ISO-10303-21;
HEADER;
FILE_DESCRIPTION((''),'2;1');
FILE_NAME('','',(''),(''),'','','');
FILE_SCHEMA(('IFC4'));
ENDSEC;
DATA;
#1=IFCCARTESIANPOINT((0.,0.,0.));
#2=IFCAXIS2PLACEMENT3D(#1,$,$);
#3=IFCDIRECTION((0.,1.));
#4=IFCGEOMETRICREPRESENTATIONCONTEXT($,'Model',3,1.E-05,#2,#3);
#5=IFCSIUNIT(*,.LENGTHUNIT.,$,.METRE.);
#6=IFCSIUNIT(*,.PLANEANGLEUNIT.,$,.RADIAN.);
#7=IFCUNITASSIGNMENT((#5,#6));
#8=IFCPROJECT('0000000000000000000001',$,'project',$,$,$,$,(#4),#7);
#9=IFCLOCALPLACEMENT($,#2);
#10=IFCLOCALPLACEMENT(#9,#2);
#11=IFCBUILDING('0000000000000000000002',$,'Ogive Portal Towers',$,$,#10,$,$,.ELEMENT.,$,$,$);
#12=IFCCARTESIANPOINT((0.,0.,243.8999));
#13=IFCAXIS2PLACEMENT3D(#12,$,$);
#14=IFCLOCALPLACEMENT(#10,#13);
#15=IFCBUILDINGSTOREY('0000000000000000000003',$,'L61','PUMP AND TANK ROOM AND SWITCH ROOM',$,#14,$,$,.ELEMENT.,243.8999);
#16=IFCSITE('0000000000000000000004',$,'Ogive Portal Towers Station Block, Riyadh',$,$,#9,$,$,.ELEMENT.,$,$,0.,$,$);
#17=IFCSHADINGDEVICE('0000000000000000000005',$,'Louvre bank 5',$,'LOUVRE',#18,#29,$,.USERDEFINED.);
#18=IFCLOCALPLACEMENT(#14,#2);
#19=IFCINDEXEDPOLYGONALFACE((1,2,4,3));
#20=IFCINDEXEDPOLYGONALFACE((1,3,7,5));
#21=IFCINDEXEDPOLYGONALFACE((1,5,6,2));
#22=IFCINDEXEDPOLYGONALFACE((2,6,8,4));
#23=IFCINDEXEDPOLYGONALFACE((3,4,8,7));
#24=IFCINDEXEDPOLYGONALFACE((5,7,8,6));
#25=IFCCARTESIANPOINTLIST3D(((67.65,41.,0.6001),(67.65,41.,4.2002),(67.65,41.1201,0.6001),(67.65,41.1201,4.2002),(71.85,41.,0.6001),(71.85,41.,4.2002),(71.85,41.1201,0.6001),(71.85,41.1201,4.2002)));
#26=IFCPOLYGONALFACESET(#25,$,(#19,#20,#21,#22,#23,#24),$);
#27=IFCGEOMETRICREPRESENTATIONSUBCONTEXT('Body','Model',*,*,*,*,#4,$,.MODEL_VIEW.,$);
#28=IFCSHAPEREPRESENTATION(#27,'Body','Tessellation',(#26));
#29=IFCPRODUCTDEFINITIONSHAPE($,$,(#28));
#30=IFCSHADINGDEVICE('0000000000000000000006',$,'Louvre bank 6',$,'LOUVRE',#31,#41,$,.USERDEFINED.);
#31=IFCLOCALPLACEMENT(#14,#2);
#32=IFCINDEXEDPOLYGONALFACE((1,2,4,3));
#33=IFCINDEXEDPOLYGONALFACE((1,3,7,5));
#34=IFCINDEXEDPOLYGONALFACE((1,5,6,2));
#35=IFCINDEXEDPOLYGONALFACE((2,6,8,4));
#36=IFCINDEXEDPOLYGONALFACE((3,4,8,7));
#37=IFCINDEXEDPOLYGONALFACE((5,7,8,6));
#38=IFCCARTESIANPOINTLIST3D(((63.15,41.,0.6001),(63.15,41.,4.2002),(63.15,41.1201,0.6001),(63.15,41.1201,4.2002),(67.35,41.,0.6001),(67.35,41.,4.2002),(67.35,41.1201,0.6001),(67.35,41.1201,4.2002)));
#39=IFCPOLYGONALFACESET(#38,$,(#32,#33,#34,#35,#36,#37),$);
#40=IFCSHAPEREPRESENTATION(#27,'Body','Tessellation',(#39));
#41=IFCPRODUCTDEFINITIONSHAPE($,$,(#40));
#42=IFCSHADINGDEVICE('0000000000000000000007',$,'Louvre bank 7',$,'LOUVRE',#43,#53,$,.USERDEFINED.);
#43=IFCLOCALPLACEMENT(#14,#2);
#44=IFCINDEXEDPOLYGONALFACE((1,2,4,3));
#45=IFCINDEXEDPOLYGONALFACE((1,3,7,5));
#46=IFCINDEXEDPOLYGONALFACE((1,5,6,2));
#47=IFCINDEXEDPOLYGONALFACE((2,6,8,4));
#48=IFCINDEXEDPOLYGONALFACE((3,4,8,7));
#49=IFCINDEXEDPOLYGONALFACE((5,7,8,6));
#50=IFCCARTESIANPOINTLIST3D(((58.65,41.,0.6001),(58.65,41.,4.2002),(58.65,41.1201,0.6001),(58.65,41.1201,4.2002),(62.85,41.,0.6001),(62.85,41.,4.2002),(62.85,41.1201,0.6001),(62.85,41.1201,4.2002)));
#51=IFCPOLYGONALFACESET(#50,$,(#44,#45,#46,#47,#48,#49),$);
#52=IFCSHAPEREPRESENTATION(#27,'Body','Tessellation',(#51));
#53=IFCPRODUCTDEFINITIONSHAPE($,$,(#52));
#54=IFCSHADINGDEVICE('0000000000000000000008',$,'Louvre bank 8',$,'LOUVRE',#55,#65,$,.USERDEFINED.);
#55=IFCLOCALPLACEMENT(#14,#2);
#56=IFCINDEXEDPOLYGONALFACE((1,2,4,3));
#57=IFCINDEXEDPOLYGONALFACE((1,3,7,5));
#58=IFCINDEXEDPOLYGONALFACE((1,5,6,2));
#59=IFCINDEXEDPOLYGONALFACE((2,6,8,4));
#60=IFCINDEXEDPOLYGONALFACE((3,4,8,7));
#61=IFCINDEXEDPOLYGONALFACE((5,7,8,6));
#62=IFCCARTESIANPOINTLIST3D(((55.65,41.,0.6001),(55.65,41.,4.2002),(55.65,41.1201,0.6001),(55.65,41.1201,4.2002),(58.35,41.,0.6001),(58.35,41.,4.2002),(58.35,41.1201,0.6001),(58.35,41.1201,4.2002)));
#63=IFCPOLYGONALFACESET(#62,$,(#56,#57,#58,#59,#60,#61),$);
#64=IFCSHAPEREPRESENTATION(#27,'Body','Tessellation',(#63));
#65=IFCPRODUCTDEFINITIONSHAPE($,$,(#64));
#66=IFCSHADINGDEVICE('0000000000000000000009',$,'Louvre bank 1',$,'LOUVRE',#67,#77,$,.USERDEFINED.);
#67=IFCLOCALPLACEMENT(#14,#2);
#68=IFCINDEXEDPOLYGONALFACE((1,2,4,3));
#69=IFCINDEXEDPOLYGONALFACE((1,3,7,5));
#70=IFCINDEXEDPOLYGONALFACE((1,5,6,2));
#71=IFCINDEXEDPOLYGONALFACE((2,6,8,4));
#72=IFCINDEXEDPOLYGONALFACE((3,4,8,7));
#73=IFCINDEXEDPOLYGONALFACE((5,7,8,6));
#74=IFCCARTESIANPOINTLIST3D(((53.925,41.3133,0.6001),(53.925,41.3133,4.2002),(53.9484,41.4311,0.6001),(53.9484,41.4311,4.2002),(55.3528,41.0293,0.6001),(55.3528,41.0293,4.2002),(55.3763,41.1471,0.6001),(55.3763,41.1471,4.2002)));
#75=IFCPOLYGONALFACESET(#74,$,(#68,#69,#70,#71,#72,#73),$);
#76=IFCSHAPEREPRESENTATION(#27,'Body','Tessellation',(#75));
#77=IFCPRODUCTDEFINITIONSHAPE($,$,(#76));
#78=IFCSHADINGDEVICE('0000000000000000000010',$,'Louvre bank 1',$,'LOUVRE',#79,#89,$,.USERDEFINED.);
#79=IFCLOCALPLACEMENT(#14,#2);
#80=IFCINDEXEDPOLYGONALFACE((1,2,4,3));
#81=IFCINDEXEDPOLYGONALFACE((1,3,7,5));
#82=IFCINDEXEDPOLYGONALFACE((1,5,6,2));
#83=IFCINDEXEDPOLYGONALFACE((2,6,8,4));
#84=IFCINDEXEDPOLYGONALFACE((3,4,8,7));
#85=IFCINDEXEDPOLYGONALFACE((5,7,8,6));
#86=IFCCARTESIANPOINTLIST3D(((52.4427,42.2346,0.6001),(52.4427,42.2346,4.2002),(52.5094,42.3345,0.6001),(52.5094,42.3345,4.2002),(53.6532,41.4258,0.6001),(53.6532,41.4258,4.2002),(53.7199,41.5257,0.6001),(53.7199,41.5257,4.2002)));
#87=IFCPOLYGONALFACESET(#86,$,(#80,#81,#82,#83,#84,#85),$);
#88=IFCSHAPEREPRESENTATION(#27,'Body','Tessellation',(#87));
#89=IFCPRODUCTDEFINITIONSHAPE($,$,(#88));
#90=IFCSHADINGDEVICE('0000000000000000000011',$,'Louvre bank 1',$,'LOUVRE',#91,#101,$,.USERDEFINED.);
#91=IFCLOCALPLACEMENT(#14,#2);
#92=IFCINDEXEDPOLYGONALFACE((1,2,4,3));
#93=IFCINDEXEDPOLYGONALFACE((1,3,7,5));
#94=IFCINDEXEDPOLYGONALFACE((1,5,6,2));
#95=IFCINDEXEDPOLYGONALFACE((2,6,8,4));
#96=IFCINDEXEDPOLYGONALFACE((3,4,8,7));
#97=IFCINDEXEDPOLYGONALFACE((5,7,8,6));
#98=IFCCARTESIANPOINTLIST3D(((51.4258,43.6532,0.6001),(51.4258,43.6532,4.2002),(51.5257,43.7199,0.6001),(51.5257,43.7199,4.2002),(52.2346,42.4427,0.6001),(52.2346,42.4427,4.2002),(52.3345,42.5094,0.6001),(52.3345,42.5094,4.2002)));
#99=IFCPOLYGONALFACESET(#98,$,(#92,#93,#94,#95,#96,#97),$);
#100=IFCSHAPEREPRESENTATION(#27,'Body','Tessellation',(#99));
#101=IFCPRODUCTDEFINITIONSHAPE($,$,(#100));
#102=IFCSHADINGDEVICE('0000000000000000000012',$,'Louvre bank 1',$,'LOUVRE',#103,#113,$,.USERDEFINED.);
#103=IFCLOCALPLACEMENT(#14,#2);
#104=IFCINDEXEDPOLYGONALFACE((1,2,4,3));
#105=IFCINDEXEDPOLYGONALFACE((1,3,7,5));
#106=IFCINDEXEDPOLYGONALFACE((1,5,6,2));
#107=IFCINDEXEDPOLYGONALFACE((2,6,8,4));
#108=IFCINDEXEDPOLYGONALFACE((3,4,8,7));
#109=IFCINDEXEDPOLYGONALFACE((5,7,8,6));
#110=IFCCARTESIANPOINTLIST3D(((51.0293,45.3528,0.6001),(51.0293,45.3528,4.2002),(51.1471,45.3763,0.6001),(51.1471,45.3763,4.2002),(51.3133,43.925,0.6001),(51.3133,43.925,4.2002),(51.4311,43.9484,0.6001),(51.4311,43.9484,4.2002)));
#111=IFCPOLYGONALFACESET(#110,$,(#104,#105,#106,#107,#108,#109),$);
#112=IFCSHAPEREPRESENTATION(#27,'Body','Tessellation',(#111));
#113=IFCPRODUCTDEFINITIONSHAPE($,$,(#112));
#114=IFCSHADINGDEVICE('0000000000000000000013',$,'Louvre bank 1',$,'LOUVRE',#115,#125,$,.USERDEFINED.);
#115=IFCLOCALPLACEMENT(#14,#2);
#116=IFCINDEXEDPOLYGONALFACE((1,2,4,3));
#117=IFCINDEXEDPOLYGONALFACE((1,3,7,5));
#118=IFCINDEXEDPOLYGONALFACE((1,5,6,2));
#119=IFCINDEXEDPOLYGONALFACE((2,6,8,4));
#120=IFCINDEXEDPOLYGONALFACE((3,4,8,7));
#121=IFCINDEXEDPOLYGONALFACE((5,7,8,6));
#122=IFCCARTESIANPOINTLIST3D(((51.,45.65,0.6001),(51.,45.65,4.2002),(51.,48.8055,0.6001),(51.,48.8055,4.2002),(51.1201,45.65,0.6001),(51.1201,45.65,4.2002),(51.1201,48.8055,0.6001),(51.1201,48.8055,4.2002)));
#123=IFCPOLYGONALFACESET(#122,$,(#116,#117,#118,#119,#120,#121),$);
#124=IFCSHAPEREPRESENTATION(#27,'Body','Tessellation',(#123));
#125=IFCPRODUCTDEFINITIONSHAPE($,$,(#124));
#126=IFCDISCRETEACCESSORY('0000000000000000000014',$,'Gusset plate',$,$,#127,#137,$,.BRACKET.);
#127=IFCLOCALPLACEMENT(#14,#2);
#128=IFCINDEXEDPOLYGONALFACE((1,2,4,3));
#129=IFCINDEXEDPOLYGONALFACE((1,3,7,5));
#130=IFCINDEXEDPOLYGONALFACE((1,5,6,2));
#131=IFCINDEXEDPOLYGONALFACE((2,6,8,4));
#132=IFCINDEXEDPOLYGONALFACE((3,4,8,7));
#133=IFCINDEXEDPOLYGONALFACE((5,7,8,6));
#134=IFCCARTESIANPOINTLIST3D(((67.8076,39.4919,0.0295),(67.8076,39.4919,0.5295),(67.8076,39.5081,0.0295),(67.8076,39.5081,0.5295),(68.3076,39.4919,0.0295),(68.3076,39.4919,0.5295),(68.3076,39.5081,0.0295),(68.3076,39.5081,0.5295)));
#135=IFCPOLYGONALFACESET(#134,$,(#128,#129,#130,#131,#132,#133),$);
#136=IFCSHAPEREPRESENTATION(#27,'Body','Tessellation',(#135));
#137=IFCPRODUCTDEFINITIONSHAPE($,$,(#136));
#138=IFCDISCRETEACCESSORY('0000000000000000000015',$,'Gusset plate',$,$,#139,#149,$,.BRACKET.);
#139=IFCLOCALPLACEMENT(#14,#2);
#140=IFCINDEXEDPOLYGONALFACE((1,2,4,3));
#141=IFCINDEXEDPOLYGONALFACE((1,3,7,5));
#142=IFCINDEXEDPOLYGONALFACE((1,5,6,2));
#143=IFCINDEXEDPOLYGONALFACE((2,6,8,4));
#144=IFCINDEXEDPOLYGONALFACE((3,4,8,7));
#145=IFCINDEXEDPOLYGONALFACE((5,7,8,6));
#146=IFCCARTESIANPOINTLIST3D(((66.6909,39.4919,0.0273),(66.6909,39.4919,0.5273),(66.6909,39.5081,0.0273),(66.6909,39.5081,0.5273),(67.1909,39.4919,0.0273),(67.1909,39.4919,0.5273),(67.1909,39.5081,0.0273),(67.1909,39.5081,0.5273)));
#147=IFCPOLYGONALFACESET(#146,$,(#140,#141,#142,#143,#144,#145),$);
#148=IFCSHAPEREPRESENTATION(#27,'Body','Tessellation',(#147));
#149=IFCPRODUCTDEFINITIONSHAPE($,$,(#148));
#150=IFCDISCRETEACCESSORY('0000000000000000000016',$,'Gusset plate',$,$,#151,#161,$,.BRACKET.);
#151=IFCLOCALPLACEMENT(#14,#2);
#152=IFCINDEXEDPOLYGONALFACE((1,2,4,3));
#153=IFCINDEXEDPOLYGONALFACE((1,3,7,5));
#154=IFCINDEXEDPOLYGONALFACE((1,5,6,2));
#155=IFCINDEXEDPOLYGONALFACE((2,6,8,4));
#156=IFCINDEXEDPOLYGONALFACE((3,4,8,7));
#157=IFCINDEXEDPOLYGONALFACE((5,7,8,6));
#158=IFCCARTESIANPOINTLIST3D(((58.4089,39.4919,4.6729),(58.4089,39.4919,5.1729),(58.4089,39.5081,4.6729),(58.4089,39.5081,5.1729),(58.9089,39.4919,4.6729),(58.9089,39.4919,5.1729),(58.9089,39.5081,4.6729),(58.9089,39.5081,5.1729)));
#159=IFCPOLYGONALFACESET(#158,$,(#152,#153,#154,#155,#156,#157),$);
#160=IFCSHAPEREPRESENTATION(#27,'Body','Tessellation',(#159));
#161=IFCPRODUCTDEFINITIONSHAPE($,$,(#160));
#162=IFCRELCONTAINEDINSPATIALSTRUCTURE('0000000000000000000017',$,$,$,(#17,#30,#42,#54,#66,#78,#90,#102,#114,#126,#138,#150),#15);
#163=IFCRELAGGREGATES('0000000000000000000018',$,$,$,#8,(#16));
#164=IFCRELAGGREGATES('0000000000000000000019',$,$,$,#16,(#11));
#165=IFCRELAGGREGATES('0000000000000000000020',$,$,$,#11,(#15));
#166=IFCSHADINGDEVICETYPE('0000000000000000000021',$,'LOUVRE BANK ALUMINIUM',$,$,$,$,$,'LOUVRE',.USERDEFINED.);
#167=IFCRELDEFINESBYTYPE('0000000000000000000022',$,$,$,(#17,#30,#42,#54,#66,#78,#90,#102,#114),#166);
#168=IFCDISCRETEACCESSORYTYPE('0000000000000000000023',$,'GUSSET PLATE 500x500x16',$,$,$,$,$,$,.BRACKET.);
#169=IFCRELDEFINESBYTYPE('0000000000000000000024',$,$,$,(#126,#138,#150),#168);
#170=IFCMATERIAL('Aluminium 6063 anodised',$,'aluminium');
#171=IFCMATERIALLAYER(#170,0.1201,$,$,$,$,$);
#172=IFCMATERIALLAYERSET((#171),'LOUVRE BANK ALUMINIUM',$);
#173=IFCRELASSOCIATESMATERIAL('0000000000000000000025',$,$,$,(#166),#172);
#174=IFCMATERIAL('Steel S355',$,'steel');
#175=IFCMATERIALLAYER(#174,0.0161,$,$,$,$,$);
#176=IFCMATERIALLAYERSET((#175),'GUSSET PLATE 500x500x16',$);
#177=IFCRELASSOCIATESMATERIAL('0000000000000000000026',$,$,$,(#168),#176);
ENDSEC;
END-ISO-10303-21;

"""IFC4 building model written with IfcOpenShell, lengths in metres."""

from ifc_helpers import new_model, si_unit, direction, frame, origin, origin_2d, place, context, subcontext, project, spatial, rectangle, extrude, material, layer, layer_set, type_object, element, save


model = new_model("IFC4")

# Units and contexts
model_context = context("Model", 3, precision=1e-05, world=origin(), true_north=direction((0.0, 1.0)))
body_context = subcontext(model_context, "Body", "Model", "MODEL_VIEW")
ifc_project = project(units=[si_unit("LENGTHUNIT", "METRE"), si_unit("PLANEANGLEUNIT", "RADIAN")], contexts=[model_context])

# Site, building, storey
site_placement = place(None, origin())
site = spatial("IfcSite", under=ifc_project, at=site_placement, Name="Ogive Portal Towers Station Block, Riyadh", CompositionType="ELEMENT", RefElevation=0.0)
building_placement = place(site_placement, origin())
building = spatial("IfcBuilding", under=site, at=building_placement, Name="Ogive Portal Towers", CompositionType="ELEMENT")
storey_placement = place(building_placement, frame((0.0, 0.0, 243.8999)))
storey = spatial("IfcBuildingStorey", under=building, at=storey_placement, Name="L61", Description="PUMP AND TANK ROOM AND SWITCH ROOM", CompositionType="ELEMENT", Elevation=243.8999)

# Shared definitions
ifc_material_1 = material(Name="Steel S355", Category="steel")

# Shading devices
ifc_material_2 = material(Name="Aluminium 6063 anodised", Category="aluminium")
ifc_layer_1 = layer(ifc_material_2, 0.1201)
ifc_layer_set_1 = layer_set([ifc_layer_1], Name="LOUVRE BANK ALUMINIUM")
shading_device_type = type_object("IfcShadingDeviceType", Name="LOUVRE BANK ALUMINIUM", ElementType="LOUVRE", PredefinedType="USERDEFINED", material=ifc_layer_set_1)
for number, where, z_axis, x_axis, name in (
    (1, (69.75, 41.0601, 0.6001), (0.0, 0.0, 1.0), (-1.0, 0.0, 0.0), "Louvre bank 5"),
    (2, (65.25, 41.0601, 0.6001), (0.0, 0.0, 1.0), (-1.0, 0.0, 0.0), "Louvre bank 6"),
    (3, (60.75, 41.0601, 0.6001), (0.0, 0.0, 1.0), (-1.0, 0.0, 0.0), "Louvre bank 7"),
):
    element("IfcShadingDevice", number, at=place(storey_placement, frame(where, z_axis=z_axis, x_axis=x_axis)), inside=storey, type_object=shading_device_type, Name=name, ObjectType="LOUVRE", PredefinedType="USERDEFINED", context=body_context, shape_type="SweptSolid", body=[
        extrude(rectangle(XDim=4.2, YDim=0.1201, at=origin_2d()), origin(), (0.0, 0.0, 1.0), 3.6001),
    ])
shading_device_1_placement = place(storey_placement, frame((57.0, 41.0601, 0.6001), z_axis=(0.0, 0.0, 1.0), x_axis=(-1.0, 0.0, 0.0)))
element("IfcShadingDevice", 4, at=shading_device_1_placement, inside=storey, type_object=shading_device_type, Name="Louvre bank 8", ObjectType="LOUVRE", PredefinedType="USERDEFINED", context=body_context, shape_type="SweptSolid", body=[
    extrude(rectangle(XDim=2.7, YDim=0.1201, at=origin_2d()), origin(), (0.0, 0.0, 1.0), 3.6001),
])
for number, where, z_axis, x_axis, name in (
    (5, (54.6506, 41.2302, 0.6001), (0.0, 0.0, 1.0), (-0.980785, 0.19509, 0.0), "Louvre bank 1"),
    (6, (53.0813, 41.8801, 0.6001), (0.0, 0.0, 1.0), (-0.83147, 0.55557, 0.0), "Louvre bank 1"),
    (7, (51.8801, 43.0813, 0.6001), (0.0, 0.0, 1.0), (-0.55557, 0.83147, 0.0), "Louvre bank 1"),
    (8, (51.2302, 44.6506, 0.6001), (0.0, 0.0, 1.0), (-0.19509, 0.980785, 0.0), "Louvre bank 1"),
):
    element("IfcShadingDevice", number, at=place(storey_placement, frame(where, z_axis=z_axis, x_axis=x_axis)), inside=storey, type_object=shading_device_type, Name=name, ObjectType="LOUVRE", PredefinedType="USERDEFINED", context=body_context, shape_type="SweptSolid", body=[
        extrude(rectangle(XDim=1.4558, YDim=0.1201, at=origin_2d()), origin(), (0.0, 0.0, 1.0), 3.6001),
    ])
shading_device_2_placement = place(storey_placement, frame((51.0601, 47.2278, 0.6001), z_axis=(0.0, 0.0, 1.0), x_axis=(0.0, 1.0, 0.0)))
element("IfcShadingDevice", 9, at=shading_device_2_placement, inside=storey, type_object=shading_device_type, Name="Louvre bank 1", ObjectType="LOUVRE", PredefinedType="USERDEFINED", context=body_context, shape_type="SweptSolid", body=[
    extrude(rectangle(XDim=3.1555, YDim=0.1201, at=origin_2d()), origin(), (0.0, 0.0, 1.0), 3.6001),
])

# Discrete accessories
ifc_layer_2 = layer(ifc_material_1, 0.0161)
ifc_layer_set_2 = layer_set([ifc_layer_2], Name="GUSSET PLATE 500x500x16")
discrete_accessory_type = type_object("IfcDiscreteAccessoryType", Name="GUSSET PLATE 500x500x16", PredefinedType="BRACKET", material=ifc_layer_set_2)
for number, where, z_axis, x_axis, name in (
    (10, (68.0576, 39.5, 0.0295), (0.0, 0.0, 1.0), (-1.0, 0.0, 0.0), "Gusset plate"),
    (11, (66.9409, 39.5, 0.0273), (0.0, 0.0, 1.0), (-1.0, 0.0, 0.0), "Gusset plate"),
    (12, (58.6589, 39.5, 4.6729), (0.0, 0.0, 1.0), (-1.0, 0.0, 0.0), "Gusset plate"),
):
    element("IfcDiscreteAccessory", number, at=place(storey_placement, frame(where, z_axis=z_axis, x_axis=x_axis)), inside=storey, type_object=discrete_accessory_type, Name=name, PredefinedType="BRACKET", context=body_context, shape_type="SweptSolid", body=[
        extrude(rectangle(XDim=0.5, YDim=0.0161, at=origin_2d()), origin(), (0.0, 0.0, 1.0), 0.5),
    ])

save(model, "model.ifc")
